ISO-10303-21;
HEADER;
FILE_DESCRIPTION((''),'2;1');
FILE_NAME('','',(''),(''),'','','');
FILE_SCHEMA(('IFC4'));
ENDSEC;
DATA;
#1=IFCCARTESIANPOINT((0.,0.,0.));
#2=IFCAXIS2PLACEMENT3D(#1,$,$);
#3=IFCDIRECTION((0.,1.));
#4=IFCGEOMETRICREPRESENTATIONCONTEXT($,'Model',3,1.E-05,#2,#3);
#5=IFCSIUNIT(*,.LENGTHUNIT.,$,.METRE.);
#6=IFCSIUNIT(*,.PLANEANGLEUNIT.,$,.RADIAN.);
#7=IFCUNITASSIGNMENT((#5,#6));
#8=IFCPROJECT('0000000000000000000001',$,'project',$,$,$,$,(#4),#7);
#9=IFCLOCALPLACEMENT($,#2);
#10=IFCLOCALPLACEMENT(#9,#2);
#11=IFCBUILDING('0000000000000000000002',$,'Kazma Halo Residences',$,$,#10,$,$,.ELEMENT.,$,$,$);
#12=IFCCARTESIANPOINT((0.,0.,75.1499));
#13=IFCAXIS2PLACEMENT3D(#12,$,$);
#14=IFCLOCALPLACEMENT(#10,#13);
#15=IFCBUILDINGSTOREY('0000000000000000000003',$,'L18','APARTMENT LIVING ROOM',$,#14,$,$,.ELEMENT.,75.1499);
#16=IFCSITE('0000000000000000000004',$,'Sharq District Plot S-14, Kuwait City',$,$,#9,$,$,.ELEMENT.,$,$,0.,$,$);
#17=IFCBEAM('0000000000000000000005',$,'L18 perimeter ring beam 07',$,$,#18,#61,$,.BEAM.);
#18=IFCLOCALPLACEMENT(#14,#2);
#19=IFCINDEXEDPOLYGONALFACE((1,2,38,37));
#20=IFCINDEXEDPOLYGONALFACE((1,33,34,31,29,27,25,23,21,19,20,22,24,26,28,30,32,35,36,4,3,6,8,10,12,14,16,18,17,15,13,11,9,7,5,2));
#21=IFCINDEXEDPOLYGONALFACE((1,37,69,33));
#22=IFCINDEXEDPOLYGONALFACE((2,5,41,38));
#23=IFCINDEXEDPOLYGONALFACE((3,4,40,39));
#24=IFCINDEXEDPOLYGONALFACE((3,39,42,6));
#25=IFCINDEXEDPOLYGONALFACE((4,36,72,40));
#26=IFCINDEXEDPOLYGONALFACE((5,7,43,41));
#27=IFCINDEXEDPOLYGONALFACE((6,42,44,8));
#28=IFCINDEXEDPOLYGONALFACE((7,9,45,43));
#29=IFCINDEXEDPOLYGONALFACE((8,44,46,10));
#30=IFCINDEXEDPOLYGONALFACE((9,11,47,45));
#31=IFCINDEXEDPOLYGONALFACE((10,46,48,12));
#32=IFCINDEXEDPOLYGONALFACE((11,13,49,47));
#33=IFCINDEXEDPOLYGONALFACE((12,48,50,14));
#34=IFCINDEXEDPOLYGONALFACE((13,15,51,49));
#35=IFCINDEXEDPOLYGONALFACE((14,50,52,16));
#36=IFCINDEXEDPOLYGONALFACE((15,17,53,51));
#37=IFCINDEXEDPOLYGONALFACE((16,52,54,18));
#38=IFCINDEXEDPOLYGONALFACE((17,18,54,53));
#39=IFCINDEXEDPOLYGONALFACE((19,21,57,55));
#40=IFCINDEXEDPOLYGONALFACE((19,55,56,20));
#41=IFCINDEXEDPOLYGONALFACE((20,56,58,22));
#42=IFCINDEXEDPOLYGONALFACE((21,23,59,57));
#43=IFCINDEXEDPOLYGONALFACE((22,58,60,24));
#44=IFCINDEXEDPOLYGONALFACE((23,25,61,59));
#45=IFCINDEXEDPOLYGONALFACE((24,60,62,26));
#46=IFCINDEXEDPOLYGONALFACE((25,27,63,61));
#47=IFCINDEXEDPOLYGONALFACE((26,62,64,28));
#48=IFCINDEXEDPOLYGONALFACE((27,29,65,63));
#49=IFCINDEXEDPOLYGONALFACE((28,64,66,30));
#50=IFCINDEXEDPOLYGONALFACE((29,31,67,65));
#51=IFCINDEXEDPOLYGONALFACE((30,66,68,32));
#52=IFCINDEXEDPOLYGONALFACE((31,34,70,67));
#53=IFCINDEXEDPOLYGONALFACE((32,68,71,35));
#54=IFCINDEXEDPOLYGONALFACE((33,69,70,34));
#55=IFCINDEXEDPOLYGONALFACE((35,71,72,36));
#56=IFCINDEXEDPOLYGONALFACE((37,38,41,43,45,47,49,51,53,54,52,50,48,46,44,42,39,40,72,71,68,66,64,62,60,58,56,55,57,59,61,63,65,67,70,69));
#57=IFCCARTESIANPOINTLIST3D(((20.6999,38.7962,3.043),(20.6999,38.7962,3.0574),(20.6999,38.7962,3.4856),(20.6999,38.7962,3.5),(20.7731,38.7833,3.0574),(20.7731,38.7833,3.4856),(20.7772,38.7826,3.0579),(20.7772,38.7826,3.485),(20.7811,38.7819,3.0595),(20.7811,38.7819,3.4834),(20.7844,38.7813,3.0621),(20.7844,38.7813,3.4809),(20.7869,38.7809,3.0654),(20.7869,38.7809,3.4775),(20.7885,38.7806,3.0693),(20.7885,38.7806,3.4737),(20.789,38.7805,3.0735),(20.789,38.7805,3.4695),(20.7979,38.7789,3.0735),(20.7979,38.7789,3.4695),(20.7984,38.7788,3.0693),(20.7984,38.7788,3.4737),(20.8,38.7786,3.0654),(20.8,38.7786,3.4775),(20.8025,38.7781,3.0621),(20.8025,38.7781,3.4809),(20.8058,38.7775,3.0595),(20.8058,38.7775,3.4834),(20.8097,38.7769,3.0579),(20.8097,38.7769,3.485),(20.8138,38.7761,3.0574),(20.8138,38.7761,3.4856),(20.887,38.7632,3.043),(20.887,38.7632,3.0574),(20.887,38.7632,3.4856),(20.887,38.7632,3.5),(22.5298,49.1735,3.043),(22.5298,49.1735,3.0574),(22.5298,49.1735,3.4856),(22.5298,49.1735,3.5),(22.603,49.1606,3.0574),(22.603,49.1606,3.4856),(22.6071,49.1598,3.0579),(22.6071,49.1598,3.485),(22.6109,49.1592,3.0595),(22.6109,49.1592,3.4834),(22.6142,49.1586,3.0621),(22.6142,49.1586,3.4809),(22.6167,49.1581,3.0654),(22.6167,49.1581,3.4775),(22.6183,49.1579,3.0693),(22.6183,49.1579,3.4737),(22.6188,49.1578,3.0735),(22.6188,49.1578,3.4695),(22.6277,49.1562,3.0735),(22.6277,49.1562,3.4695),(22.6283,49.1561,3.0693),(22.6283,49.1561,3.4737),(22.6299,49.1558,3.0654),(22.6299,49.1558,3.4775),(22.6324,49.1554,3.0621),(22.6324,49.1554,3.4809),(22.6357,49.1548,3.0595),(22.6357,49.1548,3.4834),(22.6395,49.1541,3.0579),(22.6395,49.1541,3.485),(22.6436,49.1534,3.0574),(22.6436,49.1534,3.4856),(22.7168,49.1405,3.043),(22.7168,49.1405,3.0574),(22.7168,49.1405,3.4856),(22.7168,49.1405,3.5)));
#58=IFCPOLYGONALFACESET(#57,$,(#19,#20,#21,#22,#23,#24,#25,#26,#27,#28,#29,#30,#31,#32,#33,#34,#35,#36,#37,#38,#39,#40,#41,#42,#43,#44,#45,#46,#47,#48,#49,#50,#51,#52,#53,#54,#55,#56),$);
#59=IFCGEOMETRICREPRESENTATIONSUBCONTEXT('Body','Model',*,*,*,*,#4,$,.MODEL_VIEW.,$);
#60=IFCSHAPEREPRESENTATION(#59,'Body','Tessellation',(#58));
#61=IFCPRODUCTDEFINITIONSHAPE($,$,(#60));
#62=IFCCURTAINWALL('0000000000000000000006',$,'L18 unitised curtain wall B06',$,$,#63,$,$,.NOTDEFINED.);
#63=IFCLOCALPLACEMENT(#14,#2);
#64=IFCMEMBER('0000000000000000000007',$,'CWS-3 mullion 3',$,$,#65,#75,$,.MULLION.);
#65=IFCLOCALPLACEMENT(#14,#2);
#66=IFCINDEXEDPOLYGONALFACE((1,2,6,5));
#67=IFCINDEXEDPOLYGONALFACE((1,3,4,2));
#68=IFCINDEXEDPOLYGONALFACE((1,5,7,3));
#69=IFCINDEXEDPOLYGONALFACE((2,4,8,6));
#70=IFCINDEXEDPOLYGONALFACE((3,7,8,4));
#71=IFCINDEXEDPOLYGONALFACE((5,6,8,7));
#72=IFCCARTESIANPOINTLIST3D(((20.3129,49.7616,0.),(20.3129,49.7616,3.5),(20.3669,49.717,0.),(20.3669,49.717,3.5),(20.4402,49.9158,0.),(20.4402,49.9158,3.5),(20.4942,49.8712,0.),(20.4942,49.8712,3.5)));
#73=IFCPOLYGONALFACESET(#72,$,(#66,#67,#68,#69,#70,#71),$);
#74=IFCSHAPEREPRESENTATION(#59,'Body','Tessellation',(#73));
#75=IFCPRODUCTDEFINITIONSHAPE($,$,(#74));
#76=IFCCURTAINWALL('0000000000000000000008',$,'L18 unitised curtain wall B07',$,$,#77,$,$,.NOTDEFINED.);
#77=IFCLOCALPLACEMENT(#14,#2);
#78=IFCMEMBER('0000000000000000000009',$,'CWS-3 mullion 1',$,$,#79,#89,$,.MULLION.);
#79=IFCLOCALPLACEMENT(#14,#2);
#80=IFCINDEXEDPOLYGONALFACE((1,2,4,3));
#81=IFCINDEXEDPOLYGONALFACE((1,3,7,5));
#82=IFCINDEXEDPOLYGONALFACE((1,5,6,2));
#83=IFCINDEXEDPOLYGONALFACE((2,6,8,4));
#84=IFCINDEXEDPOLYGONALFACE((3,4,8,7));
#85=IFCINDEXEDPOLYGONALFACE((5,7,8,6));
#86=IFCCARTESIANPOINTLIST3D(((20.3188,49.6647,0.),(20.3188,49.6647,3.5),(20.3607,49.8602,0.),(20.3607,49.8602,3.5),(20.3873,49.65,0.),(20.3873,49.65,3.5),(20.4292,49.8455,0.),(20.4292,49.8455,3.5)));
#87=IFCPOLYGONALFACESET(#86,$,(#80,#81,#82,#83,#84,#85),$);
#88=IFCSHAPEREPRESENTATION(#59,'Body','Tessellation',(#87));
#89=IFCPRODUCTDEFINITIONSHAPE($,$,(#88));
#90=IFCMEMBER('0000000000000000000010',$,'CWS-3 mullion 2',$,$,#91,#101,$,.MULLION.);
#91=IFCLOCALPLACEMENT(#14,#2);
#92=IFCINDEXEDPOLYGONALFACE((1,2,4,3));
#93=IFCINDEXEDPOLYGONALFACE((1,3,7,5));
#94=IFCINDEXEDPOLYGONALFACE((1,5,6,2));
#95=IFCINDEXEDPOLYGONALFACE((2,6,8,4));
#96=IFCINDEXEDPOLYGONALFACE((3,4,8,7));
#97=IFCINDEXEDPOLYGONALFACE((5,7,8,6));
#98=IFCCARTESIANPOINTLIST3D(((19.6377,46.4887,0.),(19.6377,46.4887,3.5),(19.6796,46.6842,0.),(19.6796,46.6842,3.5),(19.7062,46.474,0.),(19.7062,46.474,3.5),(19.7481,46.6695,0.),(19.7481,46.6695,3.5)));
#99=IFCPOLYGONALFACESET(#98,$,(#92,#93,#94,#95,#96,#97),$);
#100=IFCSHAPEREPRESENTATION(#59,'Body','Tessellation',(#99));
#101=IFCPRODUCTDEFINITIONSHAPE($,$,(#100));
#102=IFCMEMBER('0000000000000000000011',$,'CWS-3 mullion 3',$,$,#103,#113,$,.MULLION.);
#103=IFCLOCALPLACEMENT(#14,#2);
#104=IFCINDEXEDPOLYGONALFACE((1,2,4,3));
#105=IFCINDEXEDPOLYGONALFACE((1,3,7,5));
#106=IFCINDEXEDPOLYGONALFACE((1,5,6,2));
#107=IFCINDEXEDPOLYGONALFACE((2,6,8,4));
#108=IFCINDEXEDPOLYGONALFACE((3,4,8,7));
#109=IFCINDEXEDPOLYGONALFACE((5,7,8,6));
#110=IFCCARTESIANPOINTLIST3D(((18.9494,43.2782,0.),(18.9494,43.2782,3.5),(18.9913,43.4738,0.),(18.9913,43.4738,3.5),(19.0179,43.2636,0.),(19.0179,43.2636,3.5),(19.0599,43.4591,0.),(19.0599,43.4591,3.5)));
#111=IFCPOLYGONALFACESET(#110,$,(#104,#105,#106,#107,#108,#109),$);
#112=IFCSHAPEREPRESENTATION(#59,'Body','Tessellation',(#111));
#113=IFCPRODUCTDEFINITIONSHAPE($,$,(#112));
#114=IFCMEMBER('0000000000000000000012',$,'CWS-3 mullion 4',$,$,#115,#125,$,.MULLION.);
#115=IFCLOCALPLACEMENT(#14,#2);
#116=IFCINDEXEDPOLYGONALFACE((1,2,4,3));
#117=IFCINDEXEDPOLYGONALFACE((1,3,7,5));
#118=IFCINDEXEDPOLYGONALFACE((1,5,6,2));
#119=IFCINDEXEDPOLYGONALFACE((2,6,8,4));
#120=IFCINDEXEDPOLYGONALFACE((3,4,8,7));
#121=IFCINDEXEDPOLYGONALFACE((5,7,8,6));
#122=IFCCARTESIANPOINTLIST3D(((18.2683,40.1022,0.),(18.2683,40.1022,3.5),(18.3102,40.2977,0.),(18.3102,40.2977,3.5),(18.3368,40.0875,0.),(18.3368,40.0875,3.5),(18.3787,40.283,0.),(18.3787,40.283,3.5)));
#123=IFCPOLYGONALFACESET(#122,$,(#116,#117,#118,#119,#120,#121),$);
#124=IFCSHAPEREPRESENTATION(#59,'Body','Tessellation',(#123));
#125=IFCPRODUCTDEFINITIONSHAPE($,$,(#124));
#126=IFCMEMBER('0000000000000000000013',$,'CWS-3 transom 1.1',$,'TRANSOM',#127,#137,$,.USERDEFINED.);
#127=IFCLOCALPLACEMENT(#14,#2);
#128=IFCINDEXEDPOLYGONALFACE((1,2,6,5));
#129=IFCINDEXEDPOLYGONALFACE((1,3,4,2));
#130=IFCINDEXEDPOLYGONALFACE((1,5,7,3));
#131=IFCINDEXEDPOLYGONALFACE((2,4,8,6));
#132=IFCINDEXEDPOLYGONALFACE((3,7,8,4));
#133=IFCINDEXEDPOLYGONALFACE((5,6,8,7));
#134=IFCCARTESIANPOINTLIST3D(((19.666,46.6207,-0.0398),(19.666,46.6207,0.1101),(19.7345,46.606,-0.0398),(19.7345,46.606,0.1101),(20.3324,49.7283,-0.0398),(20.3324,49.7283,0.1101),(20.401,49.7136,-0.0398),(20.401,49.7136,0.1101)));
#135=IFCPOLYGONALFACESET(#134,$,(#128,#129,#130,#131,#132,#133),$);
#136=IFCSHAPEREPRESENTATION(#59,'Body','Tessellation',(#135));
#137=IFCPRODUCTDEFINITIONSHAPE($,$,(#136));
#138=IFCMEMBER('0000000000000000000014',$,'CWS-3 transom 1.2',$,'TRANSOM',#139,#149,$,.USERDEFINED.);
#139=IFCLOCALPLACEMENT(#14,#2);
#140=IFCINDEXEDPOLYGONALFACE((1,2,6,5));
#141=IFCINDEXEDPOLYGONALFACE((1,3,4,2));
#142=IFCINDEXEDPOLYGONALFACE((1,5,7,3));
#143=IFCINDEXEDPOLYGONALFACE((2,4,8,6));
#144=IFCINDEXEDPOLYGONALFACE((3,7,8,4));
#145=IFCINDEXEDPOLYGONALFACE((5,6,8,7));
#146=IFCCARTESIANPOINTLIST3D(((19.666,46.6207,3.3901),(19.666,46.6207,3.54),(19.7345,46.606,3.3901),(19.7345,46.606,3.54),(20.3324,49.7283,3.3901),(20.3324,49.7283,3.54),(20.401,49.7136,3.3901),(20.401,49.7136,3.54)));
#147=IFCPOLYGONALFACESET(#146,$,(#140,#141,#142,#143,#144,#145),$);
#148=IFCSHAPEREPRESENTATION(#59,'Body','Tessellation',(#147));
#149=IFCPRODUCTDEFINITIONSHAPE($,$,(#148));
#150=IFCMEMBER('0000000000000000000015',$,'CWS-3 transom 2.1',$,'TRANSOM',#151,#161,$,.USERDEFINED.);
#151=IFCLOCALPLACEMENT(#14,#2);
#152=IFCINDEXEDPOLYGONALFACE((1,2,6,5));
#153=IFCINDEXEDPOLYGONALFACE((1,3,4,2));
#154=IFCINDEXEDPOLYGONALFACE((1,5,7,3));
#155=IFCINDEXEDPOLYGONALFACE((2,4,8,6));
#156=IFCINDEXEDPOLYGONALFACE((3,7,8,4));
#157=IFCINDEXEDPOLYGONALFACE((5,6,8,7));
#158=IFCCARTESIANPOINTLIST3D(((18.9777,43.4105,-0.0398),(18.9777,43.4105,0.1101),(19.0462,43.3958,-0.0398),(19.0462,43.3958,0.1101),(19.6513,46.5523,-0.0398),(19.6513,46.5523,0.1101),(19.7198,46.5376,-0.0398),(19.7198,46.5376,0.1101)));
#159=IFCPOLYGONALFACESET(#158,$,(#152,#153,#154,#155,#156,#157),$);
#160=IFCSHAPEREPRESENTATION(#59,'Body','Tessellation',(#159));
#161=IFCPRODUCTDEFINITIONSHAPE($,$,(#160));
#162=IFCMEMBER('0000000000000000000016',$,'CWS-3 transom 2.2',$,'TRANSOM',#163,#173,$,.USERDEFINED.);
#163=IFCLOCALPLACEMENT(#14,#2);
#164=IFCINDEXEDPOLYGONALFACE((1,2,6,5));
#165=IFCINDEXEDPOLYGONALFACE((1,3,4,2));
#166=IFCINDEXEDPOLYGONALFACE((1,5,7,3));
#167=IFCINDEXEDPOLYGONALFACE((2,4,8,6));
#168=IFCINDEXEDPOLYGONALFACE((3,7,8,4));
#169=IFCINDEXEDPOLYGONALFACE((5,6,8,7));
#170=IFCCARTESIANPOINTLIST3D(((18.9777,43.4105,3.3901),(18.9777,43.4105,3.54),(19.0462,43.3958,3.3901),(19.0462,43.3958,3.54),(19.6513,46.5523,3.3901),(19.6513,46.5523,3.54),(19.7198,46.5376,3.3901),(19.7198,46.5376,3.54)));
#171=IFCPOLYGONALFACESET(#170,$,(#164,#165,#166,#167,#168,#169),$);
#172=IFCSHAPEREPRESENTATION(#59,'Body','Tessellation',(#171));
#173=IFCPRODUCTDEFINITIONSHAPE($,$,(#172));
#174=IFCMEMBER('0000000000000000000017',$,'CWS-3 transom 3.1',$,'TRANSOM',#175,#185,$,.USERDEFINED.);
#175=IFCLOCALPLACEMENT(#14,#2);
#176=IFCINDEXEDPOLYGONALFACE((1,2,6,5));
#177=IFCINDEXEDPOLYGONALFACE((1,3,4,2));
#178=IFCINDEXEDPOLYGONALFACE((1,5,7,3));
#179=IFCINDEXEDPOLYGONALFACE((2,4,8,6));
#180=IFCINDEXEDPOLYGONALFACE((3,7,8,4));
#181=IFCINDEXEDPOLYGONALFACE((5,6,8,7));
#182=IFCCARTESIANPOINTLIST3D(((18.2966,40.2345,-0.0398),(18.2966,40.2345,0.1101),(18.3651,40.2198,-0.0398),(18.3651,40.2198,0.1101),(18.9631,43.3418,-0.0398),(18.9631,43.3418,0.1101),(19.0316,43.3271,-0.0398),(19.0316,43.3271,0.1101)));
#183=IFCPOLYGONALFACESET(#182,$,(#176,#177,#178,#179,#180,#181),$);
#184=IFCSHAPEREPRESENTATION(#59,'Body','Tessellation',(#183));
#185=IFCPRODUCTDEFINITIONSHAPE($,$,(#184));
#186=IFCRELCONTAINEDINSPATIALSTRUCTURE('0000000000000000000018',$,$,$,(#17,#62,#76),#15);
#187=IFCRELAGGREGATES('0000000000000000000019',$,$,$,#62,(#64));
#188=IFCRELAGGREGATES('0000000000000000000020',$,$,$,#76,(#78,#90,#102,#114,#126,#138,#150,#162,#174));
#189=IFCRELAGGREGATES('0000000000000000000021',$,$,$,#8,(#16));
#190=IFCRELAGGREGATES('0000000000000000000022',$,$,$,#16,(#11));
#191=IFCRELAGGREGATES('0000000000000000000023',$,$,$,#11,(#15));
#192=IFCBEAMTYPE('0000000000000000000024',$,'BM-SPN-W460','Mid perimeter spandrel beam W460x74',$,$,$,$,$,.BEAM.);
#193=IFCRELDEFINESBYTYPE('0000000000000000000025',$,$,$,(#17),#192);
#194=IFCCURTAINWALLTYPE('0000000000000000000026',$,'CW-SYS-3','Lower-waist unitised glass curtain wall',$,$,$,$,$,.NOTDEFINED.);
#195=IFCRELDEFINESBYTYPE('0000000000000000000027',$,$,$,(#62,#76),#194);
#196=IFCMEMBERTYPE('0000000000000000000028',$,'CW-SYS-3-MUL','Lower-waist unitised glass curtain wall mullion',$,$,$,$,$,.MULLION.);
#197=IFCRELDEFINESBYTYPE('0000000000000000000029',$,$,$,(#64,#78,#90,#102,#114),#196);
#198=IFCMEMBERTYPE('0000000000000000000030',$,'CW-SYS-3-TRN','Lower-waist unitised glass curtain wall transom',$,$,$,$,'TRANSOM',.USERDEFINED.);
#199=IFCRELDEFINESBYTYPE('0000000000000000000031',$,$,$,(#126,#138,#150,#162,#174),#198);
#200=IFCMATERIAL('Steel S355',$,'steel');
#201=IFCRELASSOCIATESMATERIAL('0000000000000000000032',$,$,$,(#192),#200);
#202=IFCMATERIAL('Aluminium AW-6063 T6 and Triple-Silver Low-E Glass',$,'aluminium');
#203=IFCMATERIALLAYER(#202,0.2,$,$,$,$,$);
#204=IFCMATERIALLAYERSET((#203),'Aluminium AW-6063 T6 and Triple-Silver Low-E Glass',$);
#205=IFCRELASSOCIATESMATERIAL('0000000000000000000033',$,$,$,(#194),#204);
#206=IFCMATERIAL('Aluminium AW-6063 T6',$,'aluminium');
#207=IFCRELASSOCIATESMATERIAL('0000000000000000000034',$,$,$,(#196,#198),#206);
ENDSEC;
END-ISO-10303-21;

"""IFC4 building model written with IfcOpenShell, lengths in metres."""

from ifc_helpers import new_model, si_unit, direction, frame, origin, origin_2d, place, context, subcontext, project, spatial, rectangle, i_section, extrude, material, layer, layer_set, material_profile, profile_set, type_object, element, aggregate, save


model = new_model("IFC4")

# Units and contexts
model_context = context("Model", 3, precision=1e-05, world=origin(), true_north=direction((0.0, 1.0)))
body_context = subcontext(model_context, "Body", "Model", "MODEL_VIEW")
ifc_project = project(units=[si_unit("LENGTHUNIT", "METRE"), si_unit("PLANEANGLEUNIT", "RADIAN")], contexts=[model_context])

# Site, building, storey
site_placement = place(None, origin())
site = spatial("IfcSite", under=ifc_project, at=site_placement, Name="Sharq District Plot S-14, Kuwait City", CompositionType="ELEMENT", RefElevation=0.0)
building_placement = place(site_placement, origin())
building = spatial("IfcBuilding", under=site, at=building_placement, Name="Kazma Halo Residences", CompositionType="ELEMENT")
storey_placement = place(building_placement, frame((0.0, 0.0, 75.1499)))
storey = spatial("IfcBuildingStorey", under=building, at=storey_placement, Name="L18", Description="APARTMENT LIVING ROOM", CompositionType="ELEMENT", Elevation=75.1499)

# Beam
ifc_material_1 = material(Name="Steel S355", Category="steel")
ifc_material_profile_1 = material_profile(ifc_material_1, i_section(OverallWidth=0.1899, OverallDepth=0.457, WebThickness=0.009, FlangeThickness=0.0144, FilletRadius=0.0161, at=origin_2d()), Name="W460x74")
ifc_profile_set_1 = profile_set([ifc_material_profile_1], Name="Steel S355")
beam_type_1 = type_object("IfcBeamType", Name="BM-SPN-W460", Description="Mid perimeter spandrel beam W460x74", PredefinedType="BEAM", material=ifc_profile_set_1)
beam_1_placement = place(storey_placement, frame((22.6233, 49.157, 3.2715), z_axis=(-0.173653, -0.984807, 0.0), x_axis=(0.984807, -0.173653, 0.0)))
element("IfcBeam", 1, at=beam_1_placement, inside=storey, type_object=beam_type_1, Name="L18 perimeter ring beam 07", PredefinedType="BEAM", context=body_context, shape_type="SweptSolid", body=[
    extrude(i_section(OverallWidth=0.1899, OverallDepth=0.457, WebThickness=0.009, FlangeThickness=0.0144, FilletRadius=0.0161, at=origin_2d()), origin(), (0.0, 0.0, 1.0), 10.5374),
])

# Curtain wall, member
ifc_material_2 = material(Name="Aluminium AW-6063 T6 and Triple-Silver Low-E Glass", Category="aluminium")
ifc_layer_1 = layer(ifc_material_2, 0.2)
ifc_layer_set_1 = layer_set([ifc_layer_1], Name="Aluminium AW-6063 T6 and Triple-Silver Low-E Glass")
curtain_wall_type = type_object("IfcCurtainWallType", Name="CW-SYS-3", Description="Lower-waist unitised glass curtain wall", PredefinedType="NOTDEFINED", material=ifc_layer_set_1)
curtain_wall_1_placement = place(storey_placement, origin())
curtain_wall_1 = element("IfcCurtainWall", 2, at=curtain_wall_1_placement, inside=storey, type_object=curtain_wall_type, Name="L18 unitised curtain wall B06", PredefinedType="NOTDEFINED")
ifc_material_3 = material(Name="Aluminium AW-6063 T6", Category="aluminium")
ifc_material_profile_2 = material_profile(ifc_material_3, rectangle(XDim=0.0701, YDim=0.2, at=origin_2d()), Name="CWM-70x200")
ifc_profile_set_2 = profile_set([ifc_material_profile_2], Name="Aluminium AW-6063 T6")
member_type_1 = type_object("IfcMemberType", Name="CW-SYS-3-MUL", Description="Lower-waist unitised glass curtain wall mullion", PredefinedType="MULLION", material=ifc_profile_set_2)
member_1_placement = place(storey_placement, frame((20.4036, 49.8164, 0.0), z_axis=(0.0, 0.0, 1.0), x_axis=(0.771095, -0.636721, 0.0)))
member_1 = element("IfcMember", 3, at=member_1_placement, type_object=member_type_1, Name="CWS-3 mullion 3", PredefinedType="MULLION", context=body_context, shape_type="SweptSolid", body=[
    extrude(rectangle(XDim=0.0701, YDim=0.2, at=origin_2d()), origin(), (0.0, 0.0, 1.0), 3.5),
])

# Curtain wall, members
curtain_wall_2_placement = place(storey_placement, origin())
curtain_wall_2 = element("IfcCurtainWall", 4, at=curtain_wall_2_placement, inside=storey, type_object=curtain_wall_type, Name="L18 unitised curtain wall B07", PredefinedType="NOTDEFINED")
member_2_placement = place(storey_placement, frame((20.374, 49.7551, 0.0), z_axis=(0.0, 0.0, 1.0), x_axis=(0.977774, -0.209661, 0.0)))
member_2 = element("IfcMember", 5, at=member_2_placement, type_object=member_type_1, Name="CWS-3 mullion 1", PredefinedType="MULLION", context=body_context, shape_type="SweptSolid", body=[
    extrude(rectangle(XDim=0.0701, YDim=0.2, at=origin_2d()), origin(), (0.0, 0.0, 1.0), 3.5),
])
member_3_placement = place(storey_placement, frame((19.6929, 46.5791, 0.0), z_axis=(0.0, 0.0, 1.0), x_axis=(0.977774, -0.209661, 0.0)))
member_3 = element("IfcMember", 6, at=member_3_placement, type_object=member_type_1, Name="CWS-3 mullion 2", PredefinedType="MULLION", context=body_context, shape_type="SweptSolid", body=[
    extrude(rectangle(XDim=0.0701, YDim=0.2, at=origin_2d()), origin(), (0.0, 0.0, 1.0), 3.5),
])
member_4_placement = place(storey_placement, frame((19.0046, 43.3687, 0.0), z_axis=(0.0, 0.0, 1.0), x_axis=(0.977774, -0.209661, 0.0)))
member_4 = element("IfcMember", 7, at=member_4_placement, type_object=member_type_1, Name="CWS-3 mullion 3", PredefinedType="MULLION", context=body_context, shape_type="SweptSolid", body=[
    extrude(rectangle(XDim=0.0701, YDim=0.2, at=origin_2d()), origin(), (0.0, 0.0, 1.0), 3.5),
])
member_5_placement = place(storey_placement, frame((18.3235, 40.1926, 0.0), z_axis=(0.0, 0.0, 1.0), x_axis=(0.977774, -0.209661, 0.0)))
member_5 = element("IfcMember", 8, at=member_5_placement, type_object=member_type_1, Name="CWS-3 mullion 4", PredefinedType="MULLION", context=body_context, shape_type="SweptSolid", body=[
    extrude(rectangle(XDim=0.0701, YDim=0.2, at=origin_2d()), origin(), (0.0, 0.0, 1.0), 3.5),
])
ifc_material_profile_3 = material_profile(ifc_material_3, rectangle(XDim=0.0701, YDim=0.1499, at=origin_2d()), Name="CWT-70x150")
ifc_profile_set_3 = profile_set([ifc_material_profile_3], Name="Aluminium AW-6063 T6")
member_type_2 = type_object("IfcMemberType", Name="CW-SYS-3-TRN", Description="Lower-waist unitised glass curtain wall transom", ElementType="TRANSOM", PredefinedType="USERDEFINED", material=ifc_profile_set_3)
member_6_placement = place(storey_placement, frame((20.3667, 49.7209, 0.0352), z_axis=(-0.209702, -0.977765, 0.0), x_axis=(0.977765, -0.209702, 0.0)))
member_6 = element("IfcMember", 9, at=member_6_placement, type_object=member_type_2, Name="CWS-3 transom 1.1", ObjectType="TRANSOM", PredefinedType="USERDEFINED", context=body_context, shape_type="SweptSolid", body=[
    extrude(rectangle(XDim=0.0701, YDim=0.1499, at=origin_2d()), origin(), (0.0, 0.0, 1.0), 3.1782),
])
member_7_placement = place(storey_placement, frame((20.3667, 49.7209, 3.4651), z_axis=(-0.209702, -0.977765, 0.0), x_axis=(0.977765, -0.209702, 0.0)))
member_7 = element("IfcMember", 10, at=member_7_placement, type_object=member_type_2, Name="CWS-3 transom 1.2", ObjectType="TRANSOM", PredefinedType="USERDEFINED", context=body_context, shape_type="SweptSolid", body=[
    extrude(rectangle(XDim=0.0701, YDim=0.1499, at=origin_2d()), origin(), (0.0, 0.0, 1.0), 3.1782),
])
member_8_placement = place(storey_placement, frame((19.6855, 46.5449, 0.0352), z_axis=(-0.209628, -0.977781, 0.0), x_axis=(0.977781, -0.209628, 0.0)))
member_8 = element("IfcMember", 11, at=member_8_placement, type_object=member_type_2, Name="CWS-3 transom 2.1", ObjectType="TRANSOM", PredefinedType="USERDEFINED", context=body_context, shape_type="SweptSolid", body=[
    extrude(rectangle(XDim=0.0701, YDim=0.1499, at=origin_2d()), origin(), (0.0, 0.0, 1.0), 3.2131),
])
member_9_placement = place(storey_placement, frame((19.6855, 46.5449, 3.4651), z_axis=(-0.209628, -0.977781, 0.0), x_axis=(0.977781, -0.209628, 0.0)))
member_9 = element("IfcMember", 12, at=member_9_placement, type_object=member_type_2, Name="CWS-3 transom 2.2", ObjectType="TRANSOM", PredefinedType="USERDEFINED", context=body_context, shape_type="SweptSolid", body=[
    extrude(rectangle(XDim=0.0701, YDim=0.1499, at=origin_2d()), origin(), (0.0, 0.0, 1.0), 3.2131),
])
member_10_placement = place(storey_placement, frame((18.9973, 43.3345, 0.0352), z_axis=(-0.209718, -0.977762, 0.0), x_axis=(0.977762, -0.209718, 0.0)))
member_10 = element("IfcMember", 13, at=member_10_placement, type_object=member_type_2, Name="CWS-3 transom 3.1", ObjectType="TRANSOM", PredefinedType="USERDEFINED", context=body_context, shape_type="SweptSolid", body=[
    extrude(rectangle(XDim=0.0701, YDim=0.1499, at=origin_2d()), origin(), (0.0, 0.0, 1.0), 3.178),
])

aggregate(curtain_wall_1, [member_1])
aggregate(curtain_wall_2, [member_2, member_3, member_4, member_5, member_6, member_7, member_8, member_9, member_10])

save(model, "model.ifc")
